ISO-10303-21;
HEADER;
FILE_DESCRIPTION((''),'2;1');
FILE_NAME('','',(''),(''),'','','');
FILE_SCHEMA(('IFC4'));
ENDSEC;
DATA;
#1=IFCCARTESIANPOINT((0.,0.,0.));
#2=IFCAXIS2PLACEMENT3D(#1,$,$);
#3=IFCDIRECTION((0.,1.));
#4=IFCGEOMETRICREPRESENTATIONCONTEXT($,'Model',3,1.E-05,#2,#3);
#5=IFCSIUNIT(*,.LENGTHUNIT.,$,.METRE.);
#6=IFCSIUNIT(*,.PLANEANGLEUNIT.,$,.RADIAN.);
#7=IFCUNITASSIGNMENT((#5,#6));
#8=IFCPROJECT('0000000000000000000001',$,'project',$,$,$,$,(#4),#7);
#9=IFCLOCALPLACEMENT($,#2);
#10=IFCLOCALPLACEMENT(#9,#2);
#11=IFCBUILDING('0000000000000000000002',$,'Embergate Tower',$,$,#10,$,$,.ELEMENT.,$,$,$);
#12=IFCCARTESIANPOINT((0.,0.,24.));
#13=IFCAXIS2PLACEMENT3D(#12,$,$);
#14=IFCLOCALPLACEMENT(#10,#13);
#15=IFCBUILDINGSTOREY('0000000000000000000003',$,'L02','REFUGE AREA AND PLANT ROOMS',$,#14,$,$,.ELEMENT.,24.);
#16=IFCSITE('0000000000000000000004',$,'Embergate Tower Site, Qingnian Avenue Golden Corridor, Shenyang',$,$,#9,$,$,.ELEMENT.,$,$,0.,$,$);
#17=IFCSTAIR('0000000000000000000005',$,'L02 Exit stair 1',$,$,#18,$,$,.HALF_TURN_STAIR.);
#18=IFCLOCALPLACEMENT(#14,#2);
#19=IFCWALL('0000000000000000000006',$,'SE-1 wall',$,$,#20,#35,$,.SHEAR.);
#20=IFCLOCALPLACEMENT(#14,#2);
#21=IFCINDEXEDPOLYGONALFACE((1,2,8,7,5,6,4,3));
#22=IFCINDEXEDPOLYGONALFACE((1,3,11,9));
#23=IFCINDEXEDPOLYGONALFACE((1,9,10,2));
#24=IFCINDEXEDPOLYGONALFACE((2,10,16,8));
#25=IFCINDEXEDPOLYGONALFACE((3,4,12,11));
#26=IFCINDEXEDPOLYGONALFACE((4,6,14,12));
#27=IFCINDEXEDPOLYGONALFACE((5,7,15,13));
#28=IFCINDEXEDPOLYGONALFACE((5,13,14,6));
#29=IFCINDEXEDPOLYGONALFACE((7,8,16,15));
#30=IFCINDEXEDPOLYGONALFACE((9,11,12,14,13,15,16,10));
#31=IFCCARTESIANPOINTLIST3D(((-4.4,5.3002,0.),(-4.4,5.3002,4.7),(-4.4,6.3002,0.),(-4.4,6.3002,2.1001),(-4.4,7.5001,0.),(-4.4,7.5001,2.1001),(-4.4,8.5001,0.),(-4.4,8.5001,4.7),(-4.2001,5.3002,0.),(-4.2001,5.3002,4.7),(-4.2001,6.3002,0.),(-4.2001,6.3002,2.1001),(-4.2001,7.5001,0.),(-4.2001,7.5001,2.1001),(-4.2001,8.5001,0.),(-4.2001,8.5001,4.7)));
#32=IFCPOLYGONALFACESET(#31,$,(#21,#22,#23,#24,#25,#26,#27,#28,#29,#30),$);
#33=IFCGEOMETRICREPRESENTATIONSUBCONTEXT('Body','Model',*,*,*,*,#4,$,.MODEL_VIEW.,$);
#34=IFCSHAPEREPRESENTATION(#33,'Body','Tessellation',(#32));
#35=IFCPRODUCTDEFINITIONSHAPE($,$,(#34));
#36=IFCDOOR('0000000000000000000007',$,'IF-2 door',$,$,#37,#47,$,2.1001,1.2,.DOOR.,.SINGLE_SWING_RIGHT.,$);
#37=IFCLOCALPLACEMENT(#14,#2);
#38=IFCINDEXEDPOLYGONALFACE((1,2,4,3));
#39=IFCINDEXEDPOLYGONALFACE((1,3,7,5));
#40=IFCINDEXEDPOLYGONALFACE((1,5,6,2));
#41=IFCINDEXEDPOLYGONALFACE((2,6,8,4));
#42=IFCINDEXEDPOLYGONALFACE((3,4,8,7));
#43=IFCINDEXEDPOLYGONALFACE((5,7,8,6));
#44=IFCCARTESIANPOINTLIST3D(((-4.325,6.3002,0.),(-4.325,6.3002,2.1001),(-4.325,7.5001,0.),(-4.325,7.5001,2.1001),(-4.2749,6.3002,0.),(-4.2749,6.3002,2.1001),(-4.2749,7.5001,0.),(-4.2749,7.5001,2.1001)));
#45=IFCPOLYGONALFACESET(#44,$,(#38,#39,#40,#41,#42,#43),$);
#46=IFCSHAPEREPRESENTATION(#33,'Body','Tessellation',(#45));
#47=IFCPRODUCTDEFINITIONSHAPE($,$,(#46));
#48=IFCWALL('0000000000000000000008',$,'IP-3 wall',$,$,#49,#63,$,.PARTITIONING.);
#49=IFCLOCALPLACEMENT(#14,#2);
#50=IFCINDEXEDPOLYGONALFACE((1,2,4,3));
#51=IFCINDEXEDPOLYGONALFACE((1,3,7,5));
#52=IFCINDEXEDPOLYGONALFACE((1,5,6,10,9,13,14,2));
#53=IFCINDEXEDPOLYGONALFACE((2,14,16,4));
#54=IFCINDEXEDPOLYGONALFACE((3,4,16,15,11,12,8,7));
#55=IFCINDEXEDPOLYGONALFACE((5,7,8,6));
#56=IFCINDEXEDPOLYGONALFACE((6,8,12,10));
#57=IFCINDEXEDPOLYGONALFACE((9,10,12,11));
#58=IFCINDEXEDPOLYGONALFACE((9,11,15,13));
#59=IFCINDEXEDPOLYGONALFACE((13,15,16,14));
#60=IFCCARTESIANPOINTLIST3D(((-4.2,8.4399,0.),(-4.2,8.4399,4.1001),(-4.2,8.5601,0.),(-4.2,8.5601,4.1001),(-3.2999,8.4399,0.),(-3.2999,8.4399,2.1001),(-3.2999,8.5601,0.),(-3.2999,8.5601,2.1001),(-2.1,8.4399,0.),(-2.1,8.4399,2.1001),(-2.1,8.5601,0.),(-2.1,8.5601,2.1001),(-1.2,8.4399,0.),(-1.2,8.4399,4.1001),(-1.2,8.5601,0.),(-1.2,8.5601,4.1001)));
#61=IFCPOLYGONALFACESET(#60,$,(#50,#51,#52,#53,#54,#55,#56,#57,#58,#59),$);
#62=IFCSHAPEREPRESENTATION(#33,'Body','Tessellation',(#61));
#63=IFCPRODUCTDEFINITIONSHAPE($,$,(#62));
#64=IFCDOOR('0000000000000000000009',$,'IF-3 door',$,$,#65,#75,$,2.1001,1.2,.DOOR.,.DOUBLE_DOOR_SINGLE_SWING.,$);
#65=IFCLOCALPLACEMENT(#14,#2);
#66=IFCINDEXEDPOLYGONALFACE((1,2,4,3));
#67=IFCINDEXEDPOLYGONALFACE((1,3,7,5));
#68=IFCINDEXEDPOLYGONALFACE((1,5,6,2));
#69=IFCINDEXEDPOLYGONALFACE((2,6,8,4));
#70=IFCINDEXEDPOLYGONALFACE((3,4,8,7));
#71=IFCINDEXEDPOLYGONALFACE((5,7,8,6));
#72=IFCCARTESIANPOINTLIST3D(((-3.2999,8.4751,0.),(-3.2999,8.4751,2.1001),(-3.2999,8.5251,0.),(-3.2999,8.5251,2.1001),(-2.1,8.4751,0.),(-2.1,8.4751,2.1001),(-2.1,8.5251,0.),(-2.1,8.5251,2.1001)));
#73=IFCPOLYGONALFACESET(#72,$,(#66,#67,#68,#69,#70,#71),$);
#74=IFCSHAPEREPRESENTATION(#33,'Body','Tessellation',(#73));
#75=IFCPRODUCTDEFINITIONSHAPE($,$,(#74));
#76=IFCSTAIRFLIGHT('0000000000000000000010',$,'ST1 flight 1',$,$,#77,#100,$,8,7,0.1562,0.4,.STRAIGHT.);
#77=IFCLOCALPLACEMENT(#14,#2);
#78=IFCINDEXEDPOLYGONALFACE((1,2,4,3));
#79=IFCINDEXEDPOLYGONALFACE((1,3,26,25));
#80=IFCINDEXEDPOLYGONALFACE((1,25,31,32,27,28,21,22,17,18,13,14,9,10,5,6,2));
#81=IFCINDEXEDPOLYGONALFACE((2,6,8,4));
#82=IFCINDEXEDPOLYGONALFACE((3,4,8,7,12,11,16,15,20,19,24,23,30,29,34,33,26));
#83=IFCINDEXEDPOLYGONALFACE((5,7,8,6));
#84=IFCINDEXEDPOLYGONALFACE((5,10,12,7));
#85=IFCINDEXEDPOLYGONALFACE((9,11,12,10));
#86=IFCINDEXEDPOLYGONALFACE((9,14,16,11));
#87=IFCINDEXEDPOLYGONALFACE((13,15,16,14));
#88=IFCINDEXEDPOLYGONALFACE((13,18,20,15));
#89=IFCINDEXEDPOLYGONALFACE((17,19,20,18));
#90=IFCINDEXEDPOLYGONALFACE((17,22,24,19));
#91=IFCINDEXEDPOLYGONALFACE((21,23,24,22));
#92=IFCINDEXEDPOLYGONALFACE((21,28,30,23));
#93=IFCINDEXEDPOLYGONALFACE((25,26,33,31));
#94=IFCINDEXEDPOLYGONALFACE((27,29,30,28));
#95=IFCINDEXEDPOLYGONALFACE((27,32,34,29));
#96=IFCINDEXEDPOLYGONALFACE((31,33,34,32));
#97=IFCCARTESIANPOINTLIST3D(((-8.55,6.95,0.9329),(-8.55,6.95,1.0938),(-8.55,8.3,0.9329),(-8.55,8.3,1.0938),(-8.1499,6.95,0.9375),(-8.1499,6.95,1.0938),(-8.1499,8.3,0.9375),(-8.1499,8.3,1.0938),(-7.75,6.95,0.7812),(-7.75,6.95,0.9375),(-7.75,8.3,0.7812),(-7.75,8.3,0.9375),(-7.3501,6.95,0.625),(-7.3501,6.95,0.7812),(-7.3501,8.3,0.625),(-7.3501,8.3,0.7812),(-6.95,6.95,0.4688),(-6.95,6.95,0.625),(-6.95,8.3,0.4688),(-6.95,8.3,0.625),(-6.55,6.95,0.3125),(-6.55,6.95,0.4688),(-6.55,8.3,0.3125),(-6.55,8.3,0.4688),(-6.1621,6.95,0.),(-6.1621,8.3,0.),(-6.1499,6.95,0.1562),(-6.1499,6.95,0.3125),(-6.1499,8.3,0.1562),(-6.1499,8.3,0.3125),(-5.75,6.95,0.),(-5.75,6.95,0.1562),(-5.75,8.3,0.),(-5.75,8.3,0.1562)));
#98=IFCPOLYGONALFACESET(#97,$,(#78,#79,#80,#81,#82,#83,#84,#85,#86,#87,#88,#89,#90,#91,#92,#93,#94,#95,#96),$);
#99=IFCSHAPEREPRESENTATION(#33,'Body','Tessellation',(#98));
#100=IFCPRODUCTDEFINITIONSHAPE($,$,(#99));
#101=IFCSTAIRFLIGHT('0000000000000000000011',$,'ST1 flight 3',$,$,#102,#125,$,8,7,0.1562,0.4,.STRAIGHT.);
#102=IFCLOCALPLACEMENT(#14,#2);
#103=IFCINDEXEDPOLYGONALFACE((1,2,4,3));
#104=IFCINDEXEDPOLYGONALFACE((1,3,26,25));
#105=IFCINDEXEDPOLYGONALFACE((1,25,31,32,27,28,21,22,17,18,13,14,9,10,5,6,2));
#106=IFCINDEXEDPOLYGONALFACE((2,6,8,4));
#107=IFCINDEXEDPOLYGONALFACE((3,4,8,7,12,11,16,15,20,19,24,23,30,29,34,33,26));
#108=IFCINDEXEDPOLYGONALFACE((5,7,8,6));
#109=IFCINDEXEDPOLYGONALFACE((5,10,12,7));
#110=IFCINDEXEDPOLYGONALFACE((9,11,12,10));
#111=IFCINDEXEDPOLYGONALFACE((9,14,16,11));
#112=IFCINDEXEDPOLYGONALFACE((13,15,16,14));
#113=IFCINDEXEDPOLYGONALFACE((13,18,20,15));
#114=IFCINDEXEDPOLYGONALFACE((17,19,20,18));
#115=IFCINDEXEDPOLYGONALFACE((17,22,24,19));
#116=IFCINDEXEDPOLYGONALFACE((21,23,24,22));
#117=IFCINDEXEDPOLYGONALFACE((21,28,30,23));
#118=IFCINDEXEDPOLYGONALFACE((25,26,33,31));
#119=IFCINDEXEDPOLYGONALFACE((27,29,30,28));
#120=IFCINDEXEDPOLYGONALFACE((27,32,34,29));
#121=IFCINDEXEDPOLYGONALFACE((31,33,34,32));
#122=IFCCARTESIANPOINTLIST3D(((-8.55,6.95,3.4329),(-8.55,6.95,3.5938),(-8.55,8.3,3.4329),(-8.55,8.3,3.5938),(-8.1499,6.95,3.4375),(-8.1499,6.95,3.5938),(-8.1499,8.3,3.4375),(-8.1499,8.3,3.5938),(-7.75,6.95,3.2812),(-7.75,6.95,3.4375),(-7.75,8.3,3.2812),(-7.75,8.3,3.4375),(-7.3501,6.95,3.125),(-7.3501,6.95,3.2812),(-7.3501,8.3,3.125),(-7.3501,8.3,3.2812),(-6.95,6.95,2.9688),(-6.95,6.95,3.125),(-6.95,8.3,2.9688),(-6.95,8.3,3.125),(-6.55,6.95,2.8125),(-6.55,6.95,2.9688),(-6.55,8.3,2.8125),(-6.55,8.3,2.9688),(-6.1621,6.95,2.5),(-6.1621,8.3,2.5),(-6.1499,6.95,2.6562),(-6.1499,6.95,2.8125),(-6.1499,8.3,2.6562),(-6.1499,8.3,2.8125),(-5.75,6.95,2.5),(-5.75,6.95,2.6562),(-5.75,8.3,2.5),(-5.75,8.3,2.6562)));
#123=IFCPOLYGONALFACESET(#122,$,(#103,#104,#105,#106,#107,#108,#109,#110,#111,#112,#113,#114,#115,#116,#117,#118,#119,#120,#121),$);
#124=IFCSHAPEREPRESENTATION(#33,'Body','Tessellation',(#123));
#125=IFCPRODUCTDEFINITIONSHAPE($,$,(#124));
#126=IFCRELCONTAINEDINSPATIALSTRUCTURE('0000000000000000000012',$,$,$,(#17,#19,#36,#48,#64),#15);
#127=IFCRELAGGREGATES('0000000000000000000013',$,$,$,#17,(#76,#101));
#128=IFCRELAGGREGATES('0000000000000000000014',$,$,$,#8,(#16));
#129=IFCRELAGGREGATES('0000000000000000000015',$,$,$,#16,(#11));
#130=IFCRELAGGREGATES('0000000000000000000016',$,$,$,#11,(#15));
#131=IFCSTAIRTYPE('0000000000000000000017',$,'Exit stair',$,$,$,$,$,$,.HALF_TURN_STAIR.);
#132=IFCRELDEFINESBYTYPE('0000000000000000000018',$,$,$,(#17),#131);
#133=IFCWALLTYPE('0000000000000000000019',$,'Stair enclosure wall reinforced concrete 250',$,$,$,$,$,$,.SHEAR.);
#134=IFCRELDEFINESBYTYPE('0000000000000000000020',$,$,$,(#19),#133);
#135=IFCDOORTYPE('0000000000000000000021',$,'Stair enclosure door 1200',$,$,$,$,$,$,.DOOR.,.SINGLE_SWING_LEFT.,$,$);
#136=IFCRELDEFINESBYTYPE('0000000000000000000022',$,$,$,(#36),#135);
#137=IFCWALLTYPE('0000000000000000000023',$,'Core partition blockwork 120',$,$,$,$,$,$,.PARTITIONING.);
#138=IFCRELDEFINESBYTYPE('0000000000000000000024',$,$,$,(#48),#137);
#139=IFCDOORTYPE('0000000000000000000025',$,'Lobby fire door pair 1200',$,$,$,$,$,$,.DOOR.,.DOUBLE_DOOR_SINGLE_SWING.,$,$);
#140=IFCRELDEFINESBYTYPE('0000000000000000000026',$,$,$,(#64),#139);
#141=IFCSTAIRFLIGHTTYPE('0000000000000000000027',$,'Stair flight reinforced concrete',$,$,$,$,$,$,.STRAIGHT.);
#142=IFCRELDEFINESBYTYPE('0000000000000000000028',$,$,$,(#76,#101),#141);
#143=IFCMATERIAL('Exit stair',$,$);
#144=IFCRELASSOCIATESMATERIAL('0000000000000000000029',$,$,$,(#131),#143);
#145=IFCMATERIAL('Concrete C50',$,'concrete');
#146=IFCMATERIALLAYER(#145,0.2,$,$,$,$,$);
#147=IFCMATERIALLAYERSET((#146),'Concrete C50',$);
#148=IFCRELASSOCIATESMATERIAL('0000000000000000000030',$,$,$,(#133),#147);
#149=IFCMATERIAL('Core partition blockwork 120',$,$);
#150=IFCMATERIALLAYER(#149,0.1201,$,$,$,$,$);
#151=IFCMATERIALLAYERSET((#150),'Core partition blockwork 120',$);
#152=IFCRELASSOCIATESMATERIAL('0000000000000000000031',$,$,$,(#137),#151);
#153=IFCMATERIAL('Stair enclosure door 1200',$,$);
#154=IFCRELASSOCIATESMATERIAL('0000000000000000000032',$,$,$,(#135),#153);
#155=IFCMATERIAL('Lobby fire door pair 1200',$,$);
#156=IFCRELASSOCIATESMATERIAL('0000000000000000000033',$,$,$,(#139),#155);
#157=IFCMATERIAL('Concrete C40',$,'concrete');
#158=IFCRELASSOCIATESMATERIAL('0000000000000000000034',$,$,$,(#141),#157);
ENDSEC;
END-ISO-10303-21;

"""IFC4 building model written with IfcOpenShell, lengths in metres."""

from ifc_helpers import new_model, si_unit, direction, frame, frame_2d, origin, place, context, subcontext, project, spatial, polyline, rectangle, outline, extrude, source, transform, mapped, material, layer, layer_set, type_object, element, fill, aggregate, save


model = new_model("IFC4")

# Units and contexts
model_context = context("Model", 3, precision=1e-05, world=origin(), true_north=direction((0.0, 1.0)))
body_context = subcontext(model_context, "Body", "Model", "MODEL_VIEW")
ifc_project = project(units=[si_unit("LENGTHUNIT", "METRE"), si_unit("PLANEANGLEUNIT", "RADIAN")], contexts=[model_context])

# Site, building, storey
site_placement = place(None, origin())
site = spatial("IfcSite", under=ifc_project, at=site_placement, Name="Embergate Tower Site, Qingnian Avenue Golden Corridor, Shenyang", CompositionType="ELEMENT", RefElevation=0.0)
building_placement = place(site_placement, origin())
building = spatial("IfcBuilding", under=site, at=building_placement, Name="Embergate Tower", CompositionType="ELEMENT")
storey_placement = place(building_placement, frame((0.0, 0.0, 24.0)))
storey = spatial("IfcBuildingStorey", under=building, at=storey_placement, Name="L02", Description="REFUGE AREA AND PLANT ROOMS", CompositionType="ELEMENT", Elevation=24.0)

# Stair
ifc_material_1 = material(Name="Exit stair")
stair_type = type_object("IfcStairType", Name="Exit stair", PredefinedType="HALF_TURN_STAIR", material=ifc_material_1)
stair_placement = place(storey_placement, origin())
stair = element("IfcStair", 1, at=stair_placement, inside=storey, type_object=stair_type, Name="L02 Exit stair 1", PredefinedType="HALF_TURN_STAIR")
ifc_material_2 = material(Name="Concrete C40", Category="concrete")

# Shared definitions
ifc_material_3 = material(Name="Concrete C50", Category="concrete")

# Shared definitions
ifc_layer_1 = layer(ifc_material_3, 0.2)
ifc_layer_set_1 = layer_set([ifc_layer_1], Name="Concrete C50")
wall_type_1 = type_object("IfcWallType", Name="Stair enclosure wall reinforced concrete 250", PredefinedType="SHEAR", material=ifc_layer_set_1)

# Walls, openings, doors
ifc_material_4 = material(Name="Core partition blockwork 120")
ifc_layer_2 = layer(ifc_material_4, 0.1201)
ifc_layer_set_2 = layer_set([ifc_layer_2], Name="Core partition blockwork 120")
wall_type_2 = type_object("IfcWallType", Name="Core partition blockwork 120", PredefinedType="PARTITIONING", material=ifc_layer_set_2)
shared_shape_1 = source(origin(), body_context, "Body", "SweptSolid", [
    extrude(rectangle(XDim=3.2, YDim=0.2, at=frame_2d((1.6001, 0.0))), origin(), (0.0, 0.0, 1.0), 4.7),
])
wall_1_placement = place(storey_placement, frame((-4.3, 5.3, 0.0), z_axis=(0.0, 0.0, 1.0), x_axis=(0.0, 1.0, 0.0)))
wall_1 = element("IfcWall", 2, at=wall_1_placement, inside=storey, type_object=wall_type_1, Name="SE-1 wall", PredefinedType="SHEAR", context=body_context, shape_type="MappedRepresentation", body=[
    mapped(shared_shape_1, transform((0.0, 0.0, 0.0))),
])
shared_shape_2 = source(origin(), body_context, "Body", "SweptSolid", [
    extrude(rectangle(XDim=1.2, YDim=2.1001, at=frame_2d((0.6001, 1.05))), frame((0.0, 0.1099, 0.0), z_axis=(0.0, -1.0, 0.0), x_axis=(1.0, 0.0, 0.0)), (0.0, 0.0, 1.0), 0.22),
])
opening_1_placement = place(wall_1_placement, frame((1.0, 0.0, 0.0)))
opening_1 = element("IfcOpeningElement", 3, at=opening_1_placement, cuts=wall_1, PredefinedType="OPENING", context=body_context, shape_type="MappedRepresentation", body=[
    mapped(shared_shape_2, transform((0.0, 0.0, 0.0))),
])
ifc_material_5 = material(Name="Stair enclosure door 1200")
door_type_1 = type_object("IfcDoorType", Name="Stair enclosure door 1200", OperationType="SINGLE_SWING_LEFT", PredefinedType="DOOR", material=ifc_material_5)
shared_shape_3 = source(origin(), body_context, "Body", "SweptSolid", [
    extrude(rectangle(XDim=1.2, YDim=2.1001, at=frame_2d((0.6001, 1.05))), frame((0.0, 0.0249, 0.0), z_axis=(0.0, -1.0, 0.0), x_axis=(1.0, 0.0, 0.0)), (0.0, 0.0, 1.0), 0.05),
])
door_1_placement = place(opening_1_placement, origin())
door_1 = element("IfcDoor", 4, at=door_1_placement, inside=storey, type_object=door_type_1, Name="IF-2 door", OperationType="SINGLE_SWING_RIGHT", OverallHeight=2.1001, OverallWidth=1.2, PredefinedType="DOOR", context=body_context, shape_type="MappedRepresentation", body=[
    mapped(shared_shape_3, transform((0.0, 0.0, 0.0))),
])
fill(opening_1, door_1)
shared_shape_4 = source(origin(), body_context, "Body", "SweptSolid", [
    extrude(rectangle(XDim=3.0, YDim=0.1201, at=frame_2d((1.5, 0.0))), origin(), (0.0, 0.0, 1.0), 4.1001),
])
wall_2_placement = place(storey_placement, frame((-1.2, 8.5, 0.0), z_axis=(0.0, 0.0, 1.0), x_axis=(-1.0, 0.0, 0.0)))
wall_2 = element("IfcWall", 5, at=wall_2_placement, inside=storey, type_object=wall_type_2, Name="IP-3 wall", PredefinedType="PARTITIONING", context=body_context, shape_type="MappedRepresentation", body=[
    mapped(shared_shape_4, transform((0.0, 0.0, 0.0))),
])
shared_shape_5 = source(origin(), body_context, "Body", "SweptSolid", [
    extrude(rectangle(XDim=1.2, YDim=2.1001, at=frame_2d((0.6001, 1.05))), frame((0.0, 0.0701, 0.0), z_axis=(0.0, -1.0, 0.0), x_axis=(1.0, 0.0, 0.0)), (0.0, 0.0, 1.0), 0.1401),
])
opening_2_placement = place(wall_2_placement, frame((0.8999, 0.0, 0.0)))
opening_2 = element("IfcOpeningElement", 6, at=opening_2_placement, cuts=wall_2, PredefinedType="OPENING", context=body_context, shape_type="MappedRepresentation", body=[
    mapped(shared_shape_5, transform((0.0, 0.0, 0.0))),
])
ifc_material_6 = material(Name="Lobby fire door pair 1200")
door_type_2 = type_object("IfcDoorType", Name="Lobby fire door pair 1200", OperationType="DOUBLE_DOOR_SINGLE_SWING", PredefinedType="DOOR", material=ifc_material_6)
door_2_placement = place(opening_2_placement, origin())
door_2 = element("IfcDoor", 7, at=door_2_placement, inside=storey, type_object=door_type_2, Name="IF-3 door", OperationType="DOUBLE_DOOR_SINGLE_SWING", OverallHeight=2.1001, OverallWidth=1.2, PredefinedType="DOOR", context=body_context, shape_type="MappedRepresentation", body=[
    mapped(shared_shape_3, transform((0.0, 0.0, 0.0))),
])
fill(opening_2, door_2)

# Stair flights
stair_flight_type = type_object("IfcStairFlightType", Name="Stair flight reinforced concrete", PredefinedType="STRAIGHT", material=ifc_material_2)
shared_shape_6 = source(origin(), body_context, "Body", "SweptSolid", [
    extrude(outline(polyline([(0.0, 0.0), (0.0, 0.1562), (0.3999, 0.1562), (0.3999, 0.3125), (0.8, 0.3125), (0.8, 0.4688), (1.2, 0.4688), (1.2, 0.625), (1.6001, 0.625), (1.6001, 0.7812), (2.0, 0.7812), (2.0, 0.9375), (2.3999, 0.9375), (2.3999, 1.0938), (2.8, 1.0938), (2.8, 1.25), (2.8, 0.9329), (0.4121, 0.0), (0.0, 0.0)])), frame((0.0, 0.675, 0.0), z_axis=(0.0, -1.0, 0.0), x_axis=(1.0, 0.0, 0.0)), (0.0, 0.0, 1.0), 1.3501),
])
stair_flight_1_placement = place(storey_placement, frame((-5.75, 7.625, 0.0), z_axis=(0.0, 0.0, 1.0), x_axis=(-1.0, 0.0, 0.0)))
stair_flight_1 = element("IfcStairFlight", 8, at=stair_flight_1_placement, type_object=stair_flight_type, Name="ST1 flight 1", NumberOfRisers=8, NumberOfTreads=7, PredefinedType="STRAIGHT", RiserHeight=0.1562, TreadLength=0.4, context=body_context, shape_type="MappedRepresentation", body=[
    mapped(shared_shape_6, transform((0.0, 0.0, 0.0))),
])
stair_flight_2_placement = place(storey_placement, frame((-5.75, 7.625, 2.5), z_axis=(0.0, 0.0, 1.0), x_axis=(-1.0, 0.0, 0.0)))
stair_flight_2 = element("IfcStairFlight", 9, at=stair_flight_2_placement, type_object=stair_flight_type, Name="ST1 flight 3", NumberOfRisers=8, NumberOfTreads=7, PredefinedType="STRAIGHT", RiserHeight=0.1562, TreadLength=0.4, context=body_context, shape_type="MappedRepresentation", body=[
    mapped(shared_shape_6, transform((0.0, 0.0, 0.0))),
])
aggregate(stair, [stair_flight_1, stair_flight_2])

save(model, "model.ifc")
